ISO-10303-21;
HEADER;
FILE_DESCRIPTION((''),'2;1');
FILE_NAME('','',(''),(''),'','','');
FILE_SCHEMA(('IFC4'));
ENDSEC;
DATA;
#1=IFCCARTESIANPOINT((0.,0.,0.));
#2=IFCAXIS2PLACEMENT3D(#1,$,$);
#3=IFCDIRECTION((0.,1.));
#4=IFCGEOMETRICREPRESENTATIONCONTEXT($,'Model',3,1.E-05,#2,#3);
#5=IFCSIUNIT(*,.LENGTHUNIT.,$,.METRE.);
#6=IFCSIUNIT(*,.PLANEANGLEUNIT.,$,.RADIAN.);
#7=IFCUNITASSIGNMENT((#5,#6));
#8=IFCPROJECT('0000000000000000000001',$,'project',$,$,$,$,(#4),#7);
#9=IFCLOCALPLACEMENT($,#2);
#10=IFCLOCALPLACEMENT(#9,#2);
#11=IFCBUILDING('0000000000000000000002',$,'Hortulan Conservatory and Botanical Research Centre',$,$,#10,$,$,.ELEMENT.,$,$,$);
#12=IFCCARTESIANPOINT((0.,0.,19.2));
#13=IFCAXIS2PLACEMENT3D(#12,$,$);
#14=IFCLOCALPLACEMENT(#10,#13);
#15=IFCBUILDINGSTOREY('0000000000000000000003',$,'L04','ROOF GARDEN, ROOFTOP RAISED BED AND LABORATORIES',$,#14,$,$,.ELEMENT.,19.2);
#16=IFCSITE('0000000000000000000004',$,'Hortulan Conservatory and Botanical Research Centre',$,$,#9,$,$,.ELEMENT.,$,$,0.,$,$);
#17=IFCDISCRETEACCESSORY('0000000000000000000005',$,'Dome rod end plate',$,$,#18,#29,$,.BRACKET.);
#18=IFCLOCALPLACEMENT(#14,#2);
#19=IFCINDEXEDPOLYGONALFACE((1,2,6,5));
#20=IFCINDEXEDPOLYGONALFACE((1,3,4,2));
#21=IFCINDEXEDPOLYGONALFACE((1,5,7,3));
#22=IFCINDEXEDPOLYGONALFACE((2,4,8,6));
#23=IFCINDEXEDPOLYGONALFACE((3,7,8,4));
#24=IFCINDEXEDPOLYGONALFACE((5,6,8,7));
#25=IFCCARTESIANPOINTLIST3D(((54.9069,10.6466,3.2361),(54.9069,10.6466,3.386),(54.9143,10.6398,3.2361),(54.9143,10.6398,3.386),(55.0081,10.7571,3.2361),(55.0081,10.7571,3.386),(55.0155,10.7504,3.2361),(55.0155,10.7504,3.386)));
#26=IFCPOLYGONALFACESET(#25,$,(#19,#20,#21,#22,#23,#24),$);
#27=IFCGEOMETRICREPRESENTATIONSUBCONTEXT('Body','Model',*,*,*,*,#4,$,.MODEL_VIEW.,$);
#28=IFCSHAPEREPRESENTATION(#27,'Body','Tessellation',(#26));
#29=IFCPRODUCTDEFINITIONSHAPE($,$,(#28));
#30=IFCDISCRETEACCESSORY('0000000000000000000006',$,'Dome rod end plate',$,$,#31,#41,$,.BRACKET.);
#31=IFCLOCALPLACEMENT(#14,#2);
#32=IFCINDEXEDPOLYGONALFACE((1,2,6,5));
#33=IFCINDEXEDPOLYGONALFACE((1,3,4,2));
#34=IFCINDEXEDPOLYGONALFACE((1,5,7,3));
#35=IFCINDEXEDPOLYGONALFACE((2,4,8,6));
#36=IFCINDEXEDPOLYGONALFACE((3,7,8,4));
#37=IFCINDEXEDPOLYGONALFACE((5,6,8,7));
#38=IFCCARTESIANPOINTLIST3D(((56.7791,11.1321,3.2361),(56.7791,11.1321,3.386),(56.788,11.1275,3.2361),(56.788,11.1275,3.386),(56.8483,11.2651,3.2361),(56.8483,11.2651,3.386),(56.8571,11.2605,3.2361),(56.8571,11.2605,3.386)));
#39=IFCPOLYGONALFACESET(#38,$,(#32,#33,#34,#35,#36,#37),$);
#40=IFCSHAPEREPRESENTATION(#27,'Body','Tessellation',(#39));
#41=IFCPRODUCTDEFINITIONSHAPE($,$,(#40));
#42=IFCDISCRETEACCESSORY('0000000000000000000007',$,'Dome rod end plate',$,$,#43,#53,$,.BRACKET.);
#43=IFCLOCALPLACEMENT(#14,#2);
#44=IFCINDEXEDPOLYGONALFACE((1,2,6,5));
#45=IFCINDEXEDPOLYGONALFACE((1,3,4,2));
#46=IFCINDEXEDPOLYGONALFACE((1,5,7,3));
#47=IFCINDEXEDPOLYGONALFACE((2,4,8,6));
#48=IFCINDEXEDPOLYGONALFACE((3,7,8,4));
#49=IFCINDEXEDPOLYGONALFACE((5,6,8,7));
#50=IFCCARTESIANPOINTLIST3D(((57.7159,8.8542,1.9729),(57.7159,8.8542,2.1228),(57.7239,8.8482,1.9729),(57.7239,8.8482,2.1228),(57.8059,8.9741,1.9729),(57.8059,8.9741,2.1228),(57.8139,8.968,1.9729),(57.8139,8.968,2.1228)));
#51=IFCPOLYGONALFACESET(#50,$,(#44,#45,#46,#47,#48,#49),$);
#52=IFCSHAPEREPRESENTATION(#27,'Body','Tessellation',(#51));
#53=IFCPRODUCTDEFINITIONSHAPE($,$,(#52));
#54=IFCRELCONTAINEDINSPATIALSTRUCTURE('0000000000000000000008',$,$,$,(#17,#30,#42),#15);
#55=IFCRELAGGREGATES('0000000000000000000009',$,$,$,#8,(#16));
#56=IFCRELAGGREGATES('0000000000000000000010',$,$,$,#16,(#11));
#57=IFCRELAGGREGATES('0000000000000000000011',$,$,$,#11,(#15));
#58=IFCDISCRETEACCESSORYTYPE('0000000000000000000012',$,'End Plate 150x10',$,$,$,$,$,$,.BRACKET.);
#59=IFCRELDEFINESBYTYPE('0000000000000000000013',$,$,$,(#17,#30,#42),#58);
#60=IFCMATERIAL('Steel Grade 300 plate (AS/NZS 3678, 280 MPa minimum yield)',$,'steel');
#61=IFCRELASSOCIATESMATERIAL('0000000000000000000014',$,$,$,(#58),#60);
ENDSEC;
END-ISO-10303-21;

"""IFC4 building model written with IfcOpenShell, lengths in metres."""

from ifc_helpers import new_model, si_unit, direction, frame, origin, origin_2d, place, context, subcontext, project, spatial, rectangle, extrude, material, type_object, element, save


model = new_model("IFC4")

# Units and contexts
model_context = context("Model", 3, precision=1e-05, world=origin(), true_north=direction((0.0, 1.0)))
body_context = subcontext(model_context, "Body", "Model", "MODEL_VIEW")
ifc_project = project(units=[si_unit("LENGTHUNIT", "METRE"), si_unit("PLANEANGLEUNIT", "RADIAN")], contexts=[model_context])

# Site, building, storey
site_placement = place(None, origin())
site = spatial("IfcSite", under=ifc_project, at=site_placement, Name="Hortulan Conservatory and Botanical Research Centre", CompositionType="ELEMENT", RefElevation=0.0)
building_placement = place(site_placement, origin())
building = spatial("IfcBuilding", under=site, at=building_placement, Name="Hortulan Conservatory and Botanical Research Centre", CompositionType="ELEMENT")
storey_placement = place(building_placement, frame((0.0, 0.0, 19.2)))
storey = spatial("IfcBuildingStorey", under=building, at=storey_placement, Name="L04", Description="ROOF GARDEN, ROOFTOP RAISED BED AND LABORATORIES", CompositionType="ELEMENT", Elevation=19.2)

# Discrete accessories
ifc_material_1 = material(Name="Steel Grade 300 plate (AS/NZS 3678, 280 MPa minimum yield)", Category="steel")
discrete_accessory_type = type_object("IfcDiscreteAccessoryType", Name="End Plate 150x10", PredefinedType="BRACKET", material=ifc_material_1)
for number, where, z_axis, x_axis, name in (
    (1, (54.9612, 10.6985, 3.2361), (0.0, 0.0, 1.0), (0.675307, 0.737537, 0.0), "Dome rod end plate"),
    (2, (56.8181, 11.1963, 3.2361), (0.0, 0.0, 1.0), (0.461408, 0.887188, 0.0), "Dome rod end plate"),
    (3, (57.7649, 8.9111, 1.9729), (0.0, 0.0, 1.0), (0.600825, 0.799381, 0.0), "Dome rod end plate"),
):
    element("IfcDiscreteAccessory", number, at=place(storey_placement, frame(where, z_axis=z_axis, x_axis=x_axis)), inside=storey, type_object=discrete_accessory_type, Name=name, PredefinedType="BRACKET", context=body_context, shape_type="SweptSolid", body=[
        extrude(rectangle(XDim=0.1499, YDim=0.01, at=origin_2d()), origin(), (0.0, 0.0, 1.0), 0.1499),
    ])

save(model, "model.ifc")
